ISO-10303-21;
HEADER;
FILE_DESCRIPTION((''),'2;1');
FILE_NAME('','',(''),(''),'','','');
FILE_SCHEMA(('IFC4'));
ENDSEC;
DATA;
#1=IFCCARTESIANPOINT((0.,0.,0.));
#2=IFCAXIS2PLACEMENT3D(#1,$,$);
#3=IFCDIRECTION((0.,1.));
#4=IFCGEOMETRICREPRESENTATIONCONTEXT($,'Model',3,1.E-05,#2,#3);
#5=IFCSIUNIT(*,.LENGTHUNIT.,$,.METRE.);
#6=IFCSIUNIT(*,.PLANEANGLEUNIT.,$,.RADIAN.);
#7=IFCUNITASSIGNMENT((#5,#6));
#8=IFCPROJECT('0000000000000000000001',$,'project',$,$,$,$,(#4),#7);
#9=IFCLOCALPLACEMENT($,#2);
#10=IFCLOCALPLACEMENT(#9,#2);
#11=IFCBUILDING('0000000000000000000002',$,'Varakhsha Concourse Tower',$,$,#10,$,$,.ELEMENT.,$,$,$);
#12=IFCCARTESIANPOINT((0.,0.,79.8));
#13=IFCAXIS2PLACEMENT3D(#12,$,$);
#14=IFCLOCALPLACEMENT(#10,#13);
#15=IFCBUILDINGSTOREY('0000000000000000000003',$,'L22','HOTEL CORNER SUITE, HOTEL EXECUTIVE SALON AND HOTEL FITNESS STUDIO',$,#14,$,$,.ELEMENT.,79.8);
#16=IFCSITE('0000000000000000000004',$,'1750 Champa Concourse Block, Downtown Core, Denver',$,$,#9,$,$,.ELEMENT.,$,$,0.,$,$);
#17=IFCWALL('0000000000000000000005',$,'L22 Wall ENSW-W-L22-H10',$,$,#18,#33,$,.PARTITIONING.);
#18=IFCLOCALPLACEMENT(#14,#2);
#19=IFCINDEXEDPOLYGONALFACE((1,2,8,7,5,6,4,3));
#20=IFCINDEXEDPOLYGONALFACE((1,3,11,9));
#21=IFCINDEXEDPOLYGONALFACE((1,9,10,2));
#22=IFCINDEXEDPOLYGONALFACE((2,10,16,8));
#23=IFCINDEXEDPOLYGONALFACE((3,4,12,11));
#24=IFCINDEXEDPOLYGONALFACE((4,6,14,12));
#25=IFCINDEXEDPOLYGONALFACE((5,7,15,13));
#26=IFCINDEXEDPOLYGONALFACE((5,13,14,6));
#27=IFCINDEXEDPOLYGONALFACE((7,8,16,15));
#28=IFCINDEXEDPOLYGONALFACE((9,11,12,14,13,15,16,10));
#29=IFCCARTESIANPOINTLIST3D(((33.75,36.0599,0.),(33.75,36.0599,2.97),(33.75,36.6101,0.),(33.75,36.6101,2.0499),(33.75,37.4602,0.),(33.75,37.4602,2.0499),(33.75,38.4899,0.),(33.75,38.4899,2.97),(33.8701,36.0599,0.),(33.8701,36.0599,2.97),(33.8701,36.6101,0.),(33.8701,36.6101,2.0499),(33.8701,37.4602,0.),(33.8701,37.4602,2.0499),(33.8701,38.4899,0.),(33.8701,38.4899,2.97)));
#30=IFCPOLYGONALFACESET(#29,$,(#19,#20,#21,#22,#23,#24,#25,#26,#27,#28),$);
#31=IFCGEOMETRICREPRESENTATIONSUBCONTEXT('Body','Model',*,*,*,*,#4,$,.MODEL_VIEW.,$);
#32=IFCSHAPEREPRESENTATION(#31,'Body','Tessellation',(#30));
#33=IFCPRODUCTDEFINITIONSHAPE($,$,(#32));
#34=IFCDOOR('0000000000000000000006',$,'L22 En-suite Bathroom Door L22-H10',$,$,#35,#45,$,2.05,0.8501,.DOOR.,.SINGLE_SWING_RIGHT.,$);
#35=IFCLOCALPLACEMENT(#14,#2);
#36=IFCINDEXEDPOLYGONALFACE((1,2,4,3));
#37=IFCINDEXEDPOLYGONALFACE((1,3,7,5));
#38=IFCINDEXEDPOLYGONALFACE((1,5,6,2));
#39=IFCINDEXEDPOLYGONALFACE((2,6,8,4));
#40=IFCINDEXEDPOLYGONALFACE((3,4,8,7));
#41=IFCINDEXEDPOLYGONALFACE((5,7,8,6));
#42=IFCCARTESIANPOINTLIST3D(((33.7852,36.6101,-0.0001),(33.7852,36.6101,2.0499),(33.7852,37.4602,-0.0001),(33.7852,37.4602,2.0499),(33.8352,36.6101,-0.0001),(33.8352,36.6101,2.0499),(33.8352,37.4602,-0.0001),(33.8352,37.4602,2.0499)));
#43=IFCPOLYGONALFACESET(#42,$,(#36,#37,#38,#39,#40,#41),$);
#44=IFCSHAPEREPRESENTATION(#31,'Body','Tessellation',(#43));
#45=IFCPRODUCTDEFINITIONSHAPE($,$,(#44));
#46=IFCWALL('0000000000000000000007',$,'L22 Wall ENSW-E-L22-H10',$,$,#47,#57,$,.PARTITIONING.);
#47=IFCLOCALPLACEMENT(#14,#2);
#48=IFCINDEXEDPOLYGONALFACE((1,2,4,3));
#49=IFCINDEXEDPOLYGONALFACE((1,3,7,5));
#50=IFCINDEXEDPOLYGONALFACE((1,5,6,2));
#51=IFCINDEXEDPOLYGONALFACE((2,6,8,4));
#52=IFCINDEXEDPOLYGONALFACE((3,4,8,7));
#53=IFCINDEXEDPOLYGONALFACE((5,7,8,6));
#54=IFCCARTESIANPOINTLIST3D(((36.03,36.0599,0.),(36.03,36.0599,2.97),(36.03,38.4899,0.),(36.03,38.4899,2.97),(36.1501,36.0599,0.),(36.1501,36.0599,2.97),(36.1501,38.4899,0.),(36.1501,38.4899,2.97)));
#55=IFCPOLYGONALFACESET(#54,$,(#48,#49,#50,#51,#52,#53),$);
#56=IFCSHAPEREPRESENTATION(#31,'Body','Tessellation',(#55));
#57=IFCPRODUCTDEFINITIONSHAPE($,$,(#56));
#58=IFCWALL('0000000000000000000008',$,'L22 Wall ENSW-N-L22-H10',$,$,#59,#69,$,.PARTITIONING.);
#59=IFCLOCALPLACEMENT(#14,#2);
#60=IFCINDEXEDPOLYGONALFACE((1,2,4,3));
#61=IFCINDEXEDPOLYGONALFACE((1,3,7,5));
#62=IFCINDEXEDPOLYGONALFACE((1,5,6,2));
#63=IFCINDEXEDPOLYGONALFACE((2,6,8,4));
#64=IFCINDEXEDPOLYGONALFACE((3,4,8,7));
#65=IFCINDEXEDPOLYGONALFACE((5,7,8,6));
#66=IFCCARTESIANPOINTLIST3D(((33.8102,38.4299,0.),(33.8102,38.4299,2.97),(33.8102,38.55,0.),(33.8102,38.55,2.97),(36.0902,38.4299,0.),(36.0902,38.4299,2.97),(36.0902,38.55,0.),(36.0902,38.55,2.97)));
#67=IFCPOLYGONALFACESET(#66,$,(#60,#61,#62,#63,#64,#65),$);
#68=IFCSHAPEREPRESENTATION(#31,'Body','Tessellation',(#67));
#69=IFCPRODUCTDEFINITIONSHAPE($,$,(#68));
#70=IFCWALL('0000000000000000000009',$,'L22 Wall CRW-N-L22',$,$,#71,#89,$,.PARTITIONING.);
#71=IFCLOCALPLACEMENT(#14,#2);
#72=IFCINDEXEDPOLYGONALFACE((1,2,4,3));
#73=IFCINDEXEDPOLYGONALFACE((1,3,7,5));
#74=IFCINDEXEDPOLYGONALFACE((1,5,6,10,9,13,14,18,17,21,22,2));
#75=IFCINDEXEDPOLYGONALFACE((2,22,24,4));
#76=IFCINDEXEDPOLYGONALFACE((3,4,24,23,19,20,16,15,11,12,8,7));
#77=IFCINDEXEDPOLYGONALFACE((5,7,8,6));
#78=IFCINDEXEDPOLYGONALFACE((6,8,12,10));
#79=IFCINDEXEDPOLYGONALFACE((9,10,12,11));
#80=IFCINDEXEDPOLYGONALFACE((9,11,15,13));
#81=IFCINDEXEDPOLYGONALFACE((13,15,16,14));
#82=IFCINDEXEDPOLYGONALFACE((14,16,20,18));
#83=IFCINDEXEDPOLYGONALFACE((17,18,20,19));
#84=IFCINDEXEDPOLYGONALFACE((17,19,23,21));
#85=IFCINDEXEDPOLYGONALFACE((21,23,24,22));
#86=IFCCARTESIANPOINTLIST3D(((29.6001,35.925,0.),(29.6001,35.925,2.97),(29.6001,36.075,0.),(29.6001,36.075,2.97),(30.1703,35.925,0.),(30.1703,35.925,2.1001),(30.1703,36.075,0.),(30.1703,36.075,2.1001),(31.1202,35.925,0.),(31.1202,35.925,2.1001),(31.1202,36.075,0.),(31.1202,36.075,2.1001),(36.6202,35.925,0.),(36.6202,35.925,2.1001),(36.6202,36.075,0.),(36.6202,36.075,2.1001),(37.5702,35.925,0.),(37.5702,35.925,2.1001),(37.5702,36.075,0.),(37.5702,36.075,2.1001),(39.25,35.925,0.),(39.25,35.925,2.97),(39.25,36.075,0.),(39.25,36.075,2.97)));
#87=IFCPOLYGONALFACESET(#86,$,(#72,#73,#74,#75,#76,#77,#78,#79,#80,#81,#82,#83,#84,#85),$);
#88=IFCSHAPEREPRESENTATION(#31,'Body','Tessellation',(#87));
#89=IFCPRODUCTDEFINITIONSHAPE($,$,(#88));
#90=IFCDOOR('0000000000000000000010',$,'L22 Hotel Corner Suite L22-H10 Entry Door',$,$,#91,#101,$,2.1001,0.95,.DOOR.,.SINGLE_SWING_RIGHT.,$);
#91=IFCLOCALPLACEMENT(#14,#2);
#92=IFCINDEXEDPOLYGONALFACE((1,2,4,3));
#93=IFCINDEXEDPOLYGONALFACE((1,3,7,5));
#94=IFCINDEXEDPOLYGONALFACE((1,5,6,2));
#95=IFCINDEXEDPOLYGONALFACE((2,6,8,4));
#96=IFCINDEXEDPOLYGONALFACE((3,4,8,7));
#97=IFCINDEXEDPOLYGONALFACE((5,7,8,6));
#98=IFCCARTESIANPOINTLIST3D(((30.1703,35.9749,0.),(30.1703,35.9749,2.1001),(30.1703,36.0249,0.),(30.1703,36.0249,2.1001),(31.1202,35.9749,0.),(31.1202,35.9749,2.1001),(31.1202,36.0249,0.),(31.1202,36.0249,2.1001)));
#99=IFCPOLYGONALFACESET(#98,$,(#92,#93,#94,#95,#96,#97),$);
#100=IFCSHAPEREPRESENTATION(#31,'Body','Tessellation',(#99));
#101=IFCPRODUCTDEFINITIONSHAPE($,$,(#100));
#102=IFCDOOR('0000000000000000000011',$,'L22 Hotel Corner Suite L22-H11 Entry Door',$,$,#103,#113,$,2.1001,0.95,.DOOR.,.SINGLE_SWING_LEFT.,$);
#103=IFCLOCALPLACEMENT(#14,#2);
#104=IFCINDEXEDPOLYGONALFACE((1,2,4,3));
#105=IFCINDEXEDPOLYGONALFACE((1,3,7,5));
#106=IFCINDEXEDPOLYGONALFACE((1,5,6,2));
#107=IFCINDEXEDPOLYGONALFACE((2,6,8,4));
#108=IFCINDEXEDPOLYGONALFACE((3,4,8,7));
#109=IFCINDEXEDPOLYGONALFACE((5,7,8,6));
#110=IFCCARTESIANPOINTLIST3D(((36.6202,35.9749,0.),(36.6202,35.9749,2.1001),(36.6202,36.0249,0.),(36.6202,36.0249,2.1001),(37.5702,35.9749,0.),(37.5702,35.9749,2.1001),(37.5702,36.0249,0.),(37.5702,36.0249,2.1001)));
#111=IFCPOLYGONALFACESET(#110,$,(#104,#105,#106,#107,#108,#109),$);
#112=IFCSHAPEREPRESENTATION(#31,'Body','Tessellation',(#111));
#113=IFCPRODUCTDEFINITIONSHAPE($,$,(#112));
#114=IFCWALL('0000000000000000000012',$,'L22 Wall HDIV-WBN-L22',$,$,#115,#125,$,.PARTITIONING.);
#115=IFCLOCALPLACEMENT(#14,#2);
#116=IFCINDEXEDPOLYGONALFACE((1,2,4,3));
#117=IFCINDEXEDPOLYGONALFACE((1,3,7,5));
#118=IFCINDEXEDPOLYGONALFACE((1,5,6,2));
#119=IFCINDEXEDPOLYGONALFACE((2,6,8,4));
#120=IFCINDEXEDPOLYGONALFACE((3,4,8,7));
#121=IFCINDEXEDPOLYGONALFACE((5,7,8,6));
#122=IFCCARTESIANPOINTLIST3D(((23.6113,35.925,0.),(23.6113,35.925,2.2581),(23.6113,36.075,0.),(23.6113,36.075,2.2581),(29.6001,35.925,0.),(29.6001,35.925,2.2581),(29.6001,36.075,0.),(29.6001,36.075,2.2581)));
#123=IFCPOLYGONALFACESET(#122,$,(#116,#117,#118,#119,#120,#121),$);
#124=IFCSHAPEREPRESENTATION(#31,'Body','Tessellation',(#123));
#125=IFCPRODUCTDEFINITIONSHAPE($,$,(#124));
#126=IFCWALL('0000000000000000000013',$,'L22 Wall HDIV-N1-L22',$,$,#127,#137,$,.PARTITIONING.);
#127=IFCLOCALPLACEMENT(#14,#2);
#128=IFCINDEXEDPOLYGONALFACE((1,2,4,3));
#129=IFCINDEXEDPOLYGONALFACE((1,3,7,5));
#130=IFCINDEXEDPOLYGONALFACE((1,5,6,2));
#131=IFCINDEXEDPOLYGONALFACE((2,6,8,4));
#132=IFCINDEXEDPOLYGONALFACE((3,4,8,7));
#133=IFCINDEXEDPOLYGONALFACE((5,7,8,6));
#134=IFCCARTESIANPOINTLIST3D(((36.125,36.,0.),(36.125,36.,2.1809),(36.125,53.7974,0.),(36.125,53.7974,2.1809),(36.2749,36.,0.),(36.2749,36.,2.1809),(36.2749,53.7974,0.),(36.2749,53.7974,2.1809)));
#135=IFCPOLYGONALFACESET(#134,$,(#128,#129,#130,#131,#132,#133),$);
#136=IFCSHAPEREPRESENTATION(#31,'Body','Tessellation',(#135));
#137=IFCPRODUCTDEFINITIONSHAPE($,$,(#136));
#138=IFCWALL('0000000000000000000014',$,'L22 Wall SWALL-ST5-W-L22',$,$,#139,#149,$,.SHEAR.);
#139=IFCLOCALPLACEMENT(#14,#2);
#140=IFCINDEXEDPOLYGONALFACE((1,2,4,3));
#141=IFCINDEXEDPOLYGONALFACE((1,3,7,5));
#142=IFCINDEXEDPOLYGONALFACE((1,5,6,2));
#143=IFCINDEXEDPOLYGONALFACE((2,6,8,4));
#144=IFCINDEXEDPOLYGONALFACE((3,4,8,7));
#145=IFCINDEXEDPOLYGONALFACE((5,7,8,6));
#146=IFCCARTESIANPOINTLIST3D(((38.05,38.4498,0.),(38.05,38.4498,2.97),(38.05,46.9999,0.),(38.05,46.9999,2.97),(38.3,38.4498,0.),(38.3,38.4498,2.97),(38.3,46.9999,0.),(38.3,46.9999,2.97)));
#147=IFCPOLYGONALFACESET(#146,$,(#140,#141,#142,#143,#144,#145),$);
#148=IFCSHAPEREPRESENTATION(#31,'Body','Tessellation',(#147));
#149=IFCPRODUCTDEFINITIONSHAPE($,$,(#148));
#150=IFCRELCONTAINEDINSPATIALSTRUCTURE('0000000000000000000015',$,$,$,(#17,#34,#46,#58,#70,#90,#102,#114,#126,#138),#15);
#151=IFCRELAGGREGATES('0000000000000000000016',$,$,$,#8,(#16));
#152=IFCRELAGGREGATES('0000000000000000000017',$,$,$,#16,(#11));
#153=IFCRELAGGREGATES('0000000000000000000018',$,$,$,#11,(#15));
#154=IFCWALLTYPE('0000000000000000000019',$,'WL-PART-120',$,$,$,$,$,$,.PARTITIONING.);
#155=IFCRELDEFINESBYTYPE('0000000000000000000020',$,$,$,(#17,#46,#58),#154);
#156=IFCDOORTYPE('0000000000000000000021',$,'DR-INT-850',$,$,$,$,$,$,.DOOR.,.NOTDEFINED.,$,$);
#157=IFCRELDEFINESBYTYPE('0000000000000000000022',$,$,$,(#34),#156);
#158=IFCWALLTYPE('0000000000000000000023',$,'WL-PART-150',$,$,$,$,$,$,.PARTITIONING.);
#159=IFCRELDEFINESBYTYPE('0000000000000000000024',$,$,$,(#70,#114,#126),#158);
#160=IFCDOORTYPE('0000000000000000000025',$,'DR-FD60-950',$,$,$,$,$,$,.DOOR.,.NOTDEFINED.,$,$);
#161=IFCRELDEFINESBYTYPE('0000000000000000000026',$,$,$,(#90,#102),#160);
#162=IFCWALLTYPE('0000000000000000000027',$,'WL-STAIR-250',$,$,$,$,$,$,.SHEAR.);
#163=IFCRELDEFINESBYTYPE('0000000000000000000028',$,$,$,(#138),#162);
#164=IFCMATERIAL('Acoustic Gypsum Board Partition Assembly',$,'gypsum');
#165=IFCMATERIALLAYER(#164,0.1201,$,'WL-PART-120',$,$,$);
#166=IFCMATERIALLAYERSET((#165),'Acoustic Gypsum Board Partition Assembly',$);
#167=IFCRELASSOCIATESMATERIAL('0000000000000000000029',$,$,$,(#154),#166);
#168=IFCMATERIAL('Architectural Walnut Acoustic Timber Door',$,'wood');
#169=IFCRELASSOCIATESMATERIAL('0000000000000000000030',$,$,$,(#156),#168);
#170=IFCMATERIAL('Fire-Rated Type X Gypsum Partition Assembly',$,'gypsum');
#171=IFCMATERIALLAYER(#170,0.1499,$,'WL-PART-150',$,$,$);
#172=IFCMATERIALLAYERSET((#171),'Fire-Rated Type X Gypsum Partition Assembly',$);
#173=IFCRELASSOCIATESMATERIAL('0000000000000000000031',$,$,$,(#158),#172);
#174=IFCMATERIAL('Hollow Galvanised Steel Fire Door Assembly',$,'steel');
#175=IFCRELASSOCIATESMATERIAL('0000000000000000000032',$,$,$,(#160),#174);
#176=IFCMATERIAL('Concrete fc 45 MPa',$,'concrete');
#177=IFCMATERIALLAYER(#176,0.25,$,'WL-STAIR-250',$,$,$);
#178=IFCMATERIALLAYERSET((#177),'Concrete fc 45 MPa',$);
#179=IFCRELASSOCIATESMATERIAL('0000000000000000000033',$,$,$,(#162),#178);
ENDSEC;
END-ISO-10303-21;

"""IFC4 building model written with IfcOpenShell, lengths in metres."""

from ifc_helpers import new_model, si_unit, direction, frame, frame_2d, origin, place, context, subcontext, project, spatial, rectangle, extrude, material, layer, layer_set, type_object, element, fill, save


model = new_model("IFC4")

# Units and contexts
model_context = context("Model", 3, precision=1e-05, world=origin(), true_north=direction((0.0, 1.0)))
body_context = subcontext(model_context, "Body", "Model", "MODEL_VIEW")
ifc_project = project(units=[si_unit("LENGTHUNIT", "METRE"), si_unit("PLANEANGLEUNIT", "RADIAN")], contexts=[model_context])

# Site, building, storey
site_placement = place(None, origin())
site = spatial("IfcSite", under=ifc_project, at=site_placement, Name="1750 Champa Concourse Block, Downtown Core, Denver", CompositionType="ELEMENT", RefElevation=0.0)
building_placement = place(site_placement, origin())
building = spatial("IfcBuilding", under=site, at=building_placement, Name="Varakhsha Concourse Tower", CompositionType="ELEMENT")
storey_placement = place(building_placement, frame((0.0, 0.0, 79.8)))
storey = spatial("IfcBuildingStorey", under=building, at=storey_placement, Name="L22", Description="HOTEL CORNER SUITE, HOTEL EXECUTIVE SALON AND HOTEL FITNESS STUDIO", CompositionType="ELEMENT", Elevation=79.8)

# Shared definitions
ifc_material_1 = material(Name="Acoustic Gypsum Board Partition Assembly", Category="gypsum")
ifc_layer_1 = layer(ifc_material_1, 0.1201, Name="WL-PART-120")
ifc_layer_set_1 = layer_set([ifc_layer_1], Name="Acoustic Gypsum Board Partition Assembly")
wall_type_1 = type_object("IfcWallType", Name="WL-PART-120", PredefinedType="PARTITIONING", material=ifc_layer_set_1)

# Wall, opening, door
wall_1_placement = place(storey_placement, frame((33.8101, 36.0601, 0.0), z_axis=(0.0, 0.0, 1.0), x_axis=(0.0, 1.0, 0.0)))
wall_1 = element("IfcWall", 1, at=wall_1_placement, inside=storey, type_object=wall_type_1, Name="L22 Wall ENSW-W-L22-H10", PredefinedType="PARTITIONING", context=body_context, shape_type="SweptSolid", body=[
    extrude(rectangle(XDim=2.4299, YDim=0.1201, at=frame_2d((1.2148, 0.0))), origin(), (0.0, 0.0, 1.0), 2.97),
])
opening_1_placement = place(wall_1_placement, frame((0.55, 0.0, 0.0)))
opening_1 = element("IfcOpeningElement", 2, at=opening_1_placement, cuts=wall_1, PredefinedType="OPENING", context=body_context, shape_type="SweptSolid", body=[
    extrude(rectangle(XDim=0.8501, YDim=2.05, at=frame_2d((0.425, 1.0249))), frame((0.0, 0.0701, 0.0), z_axis=(0.0, -1.0, 0.0), x_axis=(1.0, 0.0, 0.0)), (0.0, 0.0, 1.0), 0.1401),
])
ifc_material_2 = material(Name="Architectural Walnut Acoustic Timber Door", Category="wood")
door_type_1 = type_object("IfcDoorType", Name="DR-INT-850", OperationType="NOTDEFINED", PredefinedType="DOOR", material=ifc_material_2)
door_1_placement = place(opening_1_placement, origin())
door_1 = element("IfcDoor", 3, at=door_1_placement, inside=storey, type_object=door_type_1, Name="L22 En-suite Bathroom Door L22-H10", OperationType="SINGLE_SWING_RIGHT", OverallHeight=2.05, OverallWidth=0.8501, PredefinedType="DOOR", context=body_context, shape_type="SweptSolid", body=[
    extrude(rectangle(XDim=0.8501, YDim=2.05, at=frame_2d((0.425, 1.0249))), frame((0.0, 0.0249, 0.0), z_axis=(0.0, -1.0, 0.0), x_axis=(1.0, 0.0, 0.0)), (0.0, 0.0, 1.0), 0.05),
])
fill(opening_1, door_1)

# Walls
wall_2_placement = place(storey_placement, frame((36.0901, 36.0601, 0.0), z_axis=(0.0, 0.0, 1.0), x_axis=(0.0, 1.0, 0.0)))
element("IfcWall", 4, at=wall_2_placement, inside=storey, type_object=wall_type_1, Name="L22 Wall ENSW-E-L22-H10", PredefinedType="PARTITIONING", context=body_context, shape_type="SweptSolid", body=[
    extrude(rectangle(XDim=2.4299, YDim=0.1201, at=frame_2d((1.2148, 0.0))), origin(), (0.0, 0.0, 1.0), 2.97),
])
wall_3_placement = place(storey_placement, frame((33.8101, 38.49, 0.0), z_axis=(0.0, 0.0, 1.0), x_axis=(1.0, 0.0, 0.0)))
element("IfcWall", 5, at=wall_3_placement, inside=storey, type_object=wall_type_1, Name="L22 Wall ENSW-N-L22-H10", PredefinedType="PARTITIONING", context=body_context, shape_type="SweptSolid", body=[
    extrude(rectangle(XDim=2.28, YDim=0.1201, at=frame_2d((1.1401, 0.0))), origin(), (0.0, 0.0, 1.0), 2.97),
])

# Wall, openings, doors
ifc_material_3 = material(Name="Fire-Rated Type X Gypsum Partition Assembly", Category="gypsum")
ifc_layer_2 = layer(ifc_material_3, 0.1499, Name="WL-PART-150")
ifc_layer_set_2 = layer_set([ifc_layer_2], Name="Fire-Rated Type X Gypsum Partition Assembly")
wall_type_2 = type_object("IfcWallType", Name="WL-PART-150", PredefinedType="PARTITIONING", material=ifc_layer_set_2)
wall_4_placement = place(storey_placement, frame((29.6001, 36.0, 0.0), z_axis=(0.0, 0.0, 1.0), x_axis=(1.0, 0.0, 0.0)))
wall_4 = element("IfcWall", 6, at=wall_4_placement, inside=storey, type_object=wall_type_2, Name="L22 Wall CRW-N-L22", PredefinedType="PARTITIONING", context=body_context, shape_type="SweptSolid", body=[
    extrude(rectangle(XDim=9.6499, YDim=0.1499, at=frame_2d((4.825, 0.0))), origin(), (0.0, 0.0, 1.0), 2.97),
])
opening_2_placement = place(wall_4_placement, frame((0.5701, 0.0, 0.0)))
opening_2 = element("IfcOpeningElement", 7, at=opening_2_placement, cuts=wall_4, PredefinedType="OPENING", context=body_context, shape_type="SweptSolid", body=[
    extrude(rectangle(XDim=0.95, YDim=2.1001, at=frame_2d((0.4751, 1.05))), frame((0.0, 0.085, 0.0), z_axis=(0.0, -1.0, 0.0), x_axis=(1.0, 0.0, 0.0)), (0.0, 0.0, 1.0), 0.1699),
])
opening_3_placement = place(wall_4_placement, frame((7.02, 0.0, 0.0)))
opening_3 = element("IfcOpeningElement", 8, at=opening_3_placement, cuts=wall_4, PredefinedType="OPENING", context=body_context, shape_type="SweptSolid", body=[
    extrude(rectangle(XDim=0.95, YDim=2.1001, at=frame_2d((0.4751, 1.05))), frame((0.0, 0.085, 0.0), z_axis=(0.0, -1.0, 0.0), x_axis=(1.0, 0.0, 0.0)), (0.0, 0.0, 1.0), 0.1699),
])
ifc_material_4 = material(Name="Hollow Galvanised Steel Fire Door Assembly", Category="steel")
door_type_2 = type_object("IfcDoorType", Name="DR-FD60-950", OperationType="NOTDEFINED", PredefinedType="DOOR", material=ifc_material_4)
door_2_placement = place(opening_2_placement, origin())
door_2 = element("IfcDoor", 9, at=door_2_placement, inside=storey, type_object=door_type_2, Name="L22 Hotel Corner Suite L22-H10 Entry Door", OperationType="SINGLE_SWING_RIGHT", OverallHeight=2.1001, OverallWidth=0.95, PredefinedType="DOOR", context=body_context, shape_type="SweptSolid", body=[
    extrude(rectangle(XDim=0.95, YDim=2.1001, at=frame_2d((0.4751, 1.05))), frame((0.0, 0.0249, 0.0), z_axis=(0.0, -1.0, 0.0), x_axis=(1.0, 0.0, 0.0)), (0.0, 0.0, 1.0), 0.05),
])
fill(opening_2, door_2)
door_3_placement = place(opening_3_placement, origin())
door_3 = element("IfcDoor", 10, at=door_3_placement, inside=storey, type_object=door_type_2, Name="L22 Hotel Corner Suite L22-H11 Entry Door", OperationType="SINGLE_SWING_LEFT", OverallHeight=2.1001, OverallWidth=0.95, PredefinedType="DOOR", context=body_context, shape_type="SweptSolid", body=[
    extrude(rectangle(XDim=0.95, YDim=2.1001, at=frame_2d((0.4751, 1.05))), frame((0.0, 0.0249, 0.0), z_axis=(0.0, -1.0, 0.0), x_axis=(1.0, 0.0, 0.0)), (0.0, 0.0, 1.0), 0.05),
])
fill(opening_3, door_3)

# Walls
wall_5_placement = place(storey_placement, frame((23.6113, 36.0, 0.0), z_axis=(0.0, 0.0, 1.0), x_axis=(1.0, 0.0, 0.0)))
element("IfcWall", 11, at=wall_5_placement, inside=storey, type_object=wall_type_2, Name="L22 Wall HDIV-WBN-L22", PredefinedType="PARTITIONING", context=body_context, shape_type="SweptSolid", body=[
    extrude(rectangle(XDim=5.9888, YDim=0.1499, at=frame_2d((2.9944, 0.0))), origin(), (0.0, 0.0, 1.0), 2.2581),
])
wall_6_placement = place(storey_placement, frame((36.2, 36.0, 0.0), z_axis=(0.0, 0.0, 1.0), x_axis=(0.0, 1.0, 0.0)))
element("IfcWall", 12, at=wall_6_placement, inside=storey, type_object=wall_type_2, Name="L22 Wall HDIV-N1-L22", PredefinedType="PARTITIONING", context=body_context, shape_type="SweptSolid", body=[
    extrude(rectangle(XDim=17.7974, YDim=0.1499, at=frame_2d((8.8987, 0.0))), origin(), (0.0, 0.0, 1.0), 2.1809),
])
ifc_material_5 = material(Name="Concrete fc 45 MPa", Category="concrete")
ifc_layer_3 = layer(ifc_material_5, 0.25, Name="WL-STAIR-250")
ifc_layer_set_3 = layer_set([ifc_layer_3], Name="Concrete fc 45 MPa")
wall_type_3 = type_object("IfcWallType", Name="WL-STAIR-250", PredefinedType="SHEAR", material=ifc_layer_set_3)
wall_7_placement = place(storey_placement, frame((38.175, 38.45, 0.0), z_axis=(0.0, 0.0, 1.0), x_axis=(0.0, 1.0, 0.0)))
element("IfcWall", 13, at=wall_7_placement, inside=storey, type_object=wall_type_3, Name="L22 Wall SWALL-ST5-W-L22", PredefinedType="SHEAR", context=body_context, shape_type="SweptSolid", body=[
    extrude(rectangle(XDim=8.55, YDim=0.25, at=frame_2d((4.2749, 0.0))), origin(), (0.0, 0.0, 1.0), 2.97),
])

save(model, "model.ifc")
